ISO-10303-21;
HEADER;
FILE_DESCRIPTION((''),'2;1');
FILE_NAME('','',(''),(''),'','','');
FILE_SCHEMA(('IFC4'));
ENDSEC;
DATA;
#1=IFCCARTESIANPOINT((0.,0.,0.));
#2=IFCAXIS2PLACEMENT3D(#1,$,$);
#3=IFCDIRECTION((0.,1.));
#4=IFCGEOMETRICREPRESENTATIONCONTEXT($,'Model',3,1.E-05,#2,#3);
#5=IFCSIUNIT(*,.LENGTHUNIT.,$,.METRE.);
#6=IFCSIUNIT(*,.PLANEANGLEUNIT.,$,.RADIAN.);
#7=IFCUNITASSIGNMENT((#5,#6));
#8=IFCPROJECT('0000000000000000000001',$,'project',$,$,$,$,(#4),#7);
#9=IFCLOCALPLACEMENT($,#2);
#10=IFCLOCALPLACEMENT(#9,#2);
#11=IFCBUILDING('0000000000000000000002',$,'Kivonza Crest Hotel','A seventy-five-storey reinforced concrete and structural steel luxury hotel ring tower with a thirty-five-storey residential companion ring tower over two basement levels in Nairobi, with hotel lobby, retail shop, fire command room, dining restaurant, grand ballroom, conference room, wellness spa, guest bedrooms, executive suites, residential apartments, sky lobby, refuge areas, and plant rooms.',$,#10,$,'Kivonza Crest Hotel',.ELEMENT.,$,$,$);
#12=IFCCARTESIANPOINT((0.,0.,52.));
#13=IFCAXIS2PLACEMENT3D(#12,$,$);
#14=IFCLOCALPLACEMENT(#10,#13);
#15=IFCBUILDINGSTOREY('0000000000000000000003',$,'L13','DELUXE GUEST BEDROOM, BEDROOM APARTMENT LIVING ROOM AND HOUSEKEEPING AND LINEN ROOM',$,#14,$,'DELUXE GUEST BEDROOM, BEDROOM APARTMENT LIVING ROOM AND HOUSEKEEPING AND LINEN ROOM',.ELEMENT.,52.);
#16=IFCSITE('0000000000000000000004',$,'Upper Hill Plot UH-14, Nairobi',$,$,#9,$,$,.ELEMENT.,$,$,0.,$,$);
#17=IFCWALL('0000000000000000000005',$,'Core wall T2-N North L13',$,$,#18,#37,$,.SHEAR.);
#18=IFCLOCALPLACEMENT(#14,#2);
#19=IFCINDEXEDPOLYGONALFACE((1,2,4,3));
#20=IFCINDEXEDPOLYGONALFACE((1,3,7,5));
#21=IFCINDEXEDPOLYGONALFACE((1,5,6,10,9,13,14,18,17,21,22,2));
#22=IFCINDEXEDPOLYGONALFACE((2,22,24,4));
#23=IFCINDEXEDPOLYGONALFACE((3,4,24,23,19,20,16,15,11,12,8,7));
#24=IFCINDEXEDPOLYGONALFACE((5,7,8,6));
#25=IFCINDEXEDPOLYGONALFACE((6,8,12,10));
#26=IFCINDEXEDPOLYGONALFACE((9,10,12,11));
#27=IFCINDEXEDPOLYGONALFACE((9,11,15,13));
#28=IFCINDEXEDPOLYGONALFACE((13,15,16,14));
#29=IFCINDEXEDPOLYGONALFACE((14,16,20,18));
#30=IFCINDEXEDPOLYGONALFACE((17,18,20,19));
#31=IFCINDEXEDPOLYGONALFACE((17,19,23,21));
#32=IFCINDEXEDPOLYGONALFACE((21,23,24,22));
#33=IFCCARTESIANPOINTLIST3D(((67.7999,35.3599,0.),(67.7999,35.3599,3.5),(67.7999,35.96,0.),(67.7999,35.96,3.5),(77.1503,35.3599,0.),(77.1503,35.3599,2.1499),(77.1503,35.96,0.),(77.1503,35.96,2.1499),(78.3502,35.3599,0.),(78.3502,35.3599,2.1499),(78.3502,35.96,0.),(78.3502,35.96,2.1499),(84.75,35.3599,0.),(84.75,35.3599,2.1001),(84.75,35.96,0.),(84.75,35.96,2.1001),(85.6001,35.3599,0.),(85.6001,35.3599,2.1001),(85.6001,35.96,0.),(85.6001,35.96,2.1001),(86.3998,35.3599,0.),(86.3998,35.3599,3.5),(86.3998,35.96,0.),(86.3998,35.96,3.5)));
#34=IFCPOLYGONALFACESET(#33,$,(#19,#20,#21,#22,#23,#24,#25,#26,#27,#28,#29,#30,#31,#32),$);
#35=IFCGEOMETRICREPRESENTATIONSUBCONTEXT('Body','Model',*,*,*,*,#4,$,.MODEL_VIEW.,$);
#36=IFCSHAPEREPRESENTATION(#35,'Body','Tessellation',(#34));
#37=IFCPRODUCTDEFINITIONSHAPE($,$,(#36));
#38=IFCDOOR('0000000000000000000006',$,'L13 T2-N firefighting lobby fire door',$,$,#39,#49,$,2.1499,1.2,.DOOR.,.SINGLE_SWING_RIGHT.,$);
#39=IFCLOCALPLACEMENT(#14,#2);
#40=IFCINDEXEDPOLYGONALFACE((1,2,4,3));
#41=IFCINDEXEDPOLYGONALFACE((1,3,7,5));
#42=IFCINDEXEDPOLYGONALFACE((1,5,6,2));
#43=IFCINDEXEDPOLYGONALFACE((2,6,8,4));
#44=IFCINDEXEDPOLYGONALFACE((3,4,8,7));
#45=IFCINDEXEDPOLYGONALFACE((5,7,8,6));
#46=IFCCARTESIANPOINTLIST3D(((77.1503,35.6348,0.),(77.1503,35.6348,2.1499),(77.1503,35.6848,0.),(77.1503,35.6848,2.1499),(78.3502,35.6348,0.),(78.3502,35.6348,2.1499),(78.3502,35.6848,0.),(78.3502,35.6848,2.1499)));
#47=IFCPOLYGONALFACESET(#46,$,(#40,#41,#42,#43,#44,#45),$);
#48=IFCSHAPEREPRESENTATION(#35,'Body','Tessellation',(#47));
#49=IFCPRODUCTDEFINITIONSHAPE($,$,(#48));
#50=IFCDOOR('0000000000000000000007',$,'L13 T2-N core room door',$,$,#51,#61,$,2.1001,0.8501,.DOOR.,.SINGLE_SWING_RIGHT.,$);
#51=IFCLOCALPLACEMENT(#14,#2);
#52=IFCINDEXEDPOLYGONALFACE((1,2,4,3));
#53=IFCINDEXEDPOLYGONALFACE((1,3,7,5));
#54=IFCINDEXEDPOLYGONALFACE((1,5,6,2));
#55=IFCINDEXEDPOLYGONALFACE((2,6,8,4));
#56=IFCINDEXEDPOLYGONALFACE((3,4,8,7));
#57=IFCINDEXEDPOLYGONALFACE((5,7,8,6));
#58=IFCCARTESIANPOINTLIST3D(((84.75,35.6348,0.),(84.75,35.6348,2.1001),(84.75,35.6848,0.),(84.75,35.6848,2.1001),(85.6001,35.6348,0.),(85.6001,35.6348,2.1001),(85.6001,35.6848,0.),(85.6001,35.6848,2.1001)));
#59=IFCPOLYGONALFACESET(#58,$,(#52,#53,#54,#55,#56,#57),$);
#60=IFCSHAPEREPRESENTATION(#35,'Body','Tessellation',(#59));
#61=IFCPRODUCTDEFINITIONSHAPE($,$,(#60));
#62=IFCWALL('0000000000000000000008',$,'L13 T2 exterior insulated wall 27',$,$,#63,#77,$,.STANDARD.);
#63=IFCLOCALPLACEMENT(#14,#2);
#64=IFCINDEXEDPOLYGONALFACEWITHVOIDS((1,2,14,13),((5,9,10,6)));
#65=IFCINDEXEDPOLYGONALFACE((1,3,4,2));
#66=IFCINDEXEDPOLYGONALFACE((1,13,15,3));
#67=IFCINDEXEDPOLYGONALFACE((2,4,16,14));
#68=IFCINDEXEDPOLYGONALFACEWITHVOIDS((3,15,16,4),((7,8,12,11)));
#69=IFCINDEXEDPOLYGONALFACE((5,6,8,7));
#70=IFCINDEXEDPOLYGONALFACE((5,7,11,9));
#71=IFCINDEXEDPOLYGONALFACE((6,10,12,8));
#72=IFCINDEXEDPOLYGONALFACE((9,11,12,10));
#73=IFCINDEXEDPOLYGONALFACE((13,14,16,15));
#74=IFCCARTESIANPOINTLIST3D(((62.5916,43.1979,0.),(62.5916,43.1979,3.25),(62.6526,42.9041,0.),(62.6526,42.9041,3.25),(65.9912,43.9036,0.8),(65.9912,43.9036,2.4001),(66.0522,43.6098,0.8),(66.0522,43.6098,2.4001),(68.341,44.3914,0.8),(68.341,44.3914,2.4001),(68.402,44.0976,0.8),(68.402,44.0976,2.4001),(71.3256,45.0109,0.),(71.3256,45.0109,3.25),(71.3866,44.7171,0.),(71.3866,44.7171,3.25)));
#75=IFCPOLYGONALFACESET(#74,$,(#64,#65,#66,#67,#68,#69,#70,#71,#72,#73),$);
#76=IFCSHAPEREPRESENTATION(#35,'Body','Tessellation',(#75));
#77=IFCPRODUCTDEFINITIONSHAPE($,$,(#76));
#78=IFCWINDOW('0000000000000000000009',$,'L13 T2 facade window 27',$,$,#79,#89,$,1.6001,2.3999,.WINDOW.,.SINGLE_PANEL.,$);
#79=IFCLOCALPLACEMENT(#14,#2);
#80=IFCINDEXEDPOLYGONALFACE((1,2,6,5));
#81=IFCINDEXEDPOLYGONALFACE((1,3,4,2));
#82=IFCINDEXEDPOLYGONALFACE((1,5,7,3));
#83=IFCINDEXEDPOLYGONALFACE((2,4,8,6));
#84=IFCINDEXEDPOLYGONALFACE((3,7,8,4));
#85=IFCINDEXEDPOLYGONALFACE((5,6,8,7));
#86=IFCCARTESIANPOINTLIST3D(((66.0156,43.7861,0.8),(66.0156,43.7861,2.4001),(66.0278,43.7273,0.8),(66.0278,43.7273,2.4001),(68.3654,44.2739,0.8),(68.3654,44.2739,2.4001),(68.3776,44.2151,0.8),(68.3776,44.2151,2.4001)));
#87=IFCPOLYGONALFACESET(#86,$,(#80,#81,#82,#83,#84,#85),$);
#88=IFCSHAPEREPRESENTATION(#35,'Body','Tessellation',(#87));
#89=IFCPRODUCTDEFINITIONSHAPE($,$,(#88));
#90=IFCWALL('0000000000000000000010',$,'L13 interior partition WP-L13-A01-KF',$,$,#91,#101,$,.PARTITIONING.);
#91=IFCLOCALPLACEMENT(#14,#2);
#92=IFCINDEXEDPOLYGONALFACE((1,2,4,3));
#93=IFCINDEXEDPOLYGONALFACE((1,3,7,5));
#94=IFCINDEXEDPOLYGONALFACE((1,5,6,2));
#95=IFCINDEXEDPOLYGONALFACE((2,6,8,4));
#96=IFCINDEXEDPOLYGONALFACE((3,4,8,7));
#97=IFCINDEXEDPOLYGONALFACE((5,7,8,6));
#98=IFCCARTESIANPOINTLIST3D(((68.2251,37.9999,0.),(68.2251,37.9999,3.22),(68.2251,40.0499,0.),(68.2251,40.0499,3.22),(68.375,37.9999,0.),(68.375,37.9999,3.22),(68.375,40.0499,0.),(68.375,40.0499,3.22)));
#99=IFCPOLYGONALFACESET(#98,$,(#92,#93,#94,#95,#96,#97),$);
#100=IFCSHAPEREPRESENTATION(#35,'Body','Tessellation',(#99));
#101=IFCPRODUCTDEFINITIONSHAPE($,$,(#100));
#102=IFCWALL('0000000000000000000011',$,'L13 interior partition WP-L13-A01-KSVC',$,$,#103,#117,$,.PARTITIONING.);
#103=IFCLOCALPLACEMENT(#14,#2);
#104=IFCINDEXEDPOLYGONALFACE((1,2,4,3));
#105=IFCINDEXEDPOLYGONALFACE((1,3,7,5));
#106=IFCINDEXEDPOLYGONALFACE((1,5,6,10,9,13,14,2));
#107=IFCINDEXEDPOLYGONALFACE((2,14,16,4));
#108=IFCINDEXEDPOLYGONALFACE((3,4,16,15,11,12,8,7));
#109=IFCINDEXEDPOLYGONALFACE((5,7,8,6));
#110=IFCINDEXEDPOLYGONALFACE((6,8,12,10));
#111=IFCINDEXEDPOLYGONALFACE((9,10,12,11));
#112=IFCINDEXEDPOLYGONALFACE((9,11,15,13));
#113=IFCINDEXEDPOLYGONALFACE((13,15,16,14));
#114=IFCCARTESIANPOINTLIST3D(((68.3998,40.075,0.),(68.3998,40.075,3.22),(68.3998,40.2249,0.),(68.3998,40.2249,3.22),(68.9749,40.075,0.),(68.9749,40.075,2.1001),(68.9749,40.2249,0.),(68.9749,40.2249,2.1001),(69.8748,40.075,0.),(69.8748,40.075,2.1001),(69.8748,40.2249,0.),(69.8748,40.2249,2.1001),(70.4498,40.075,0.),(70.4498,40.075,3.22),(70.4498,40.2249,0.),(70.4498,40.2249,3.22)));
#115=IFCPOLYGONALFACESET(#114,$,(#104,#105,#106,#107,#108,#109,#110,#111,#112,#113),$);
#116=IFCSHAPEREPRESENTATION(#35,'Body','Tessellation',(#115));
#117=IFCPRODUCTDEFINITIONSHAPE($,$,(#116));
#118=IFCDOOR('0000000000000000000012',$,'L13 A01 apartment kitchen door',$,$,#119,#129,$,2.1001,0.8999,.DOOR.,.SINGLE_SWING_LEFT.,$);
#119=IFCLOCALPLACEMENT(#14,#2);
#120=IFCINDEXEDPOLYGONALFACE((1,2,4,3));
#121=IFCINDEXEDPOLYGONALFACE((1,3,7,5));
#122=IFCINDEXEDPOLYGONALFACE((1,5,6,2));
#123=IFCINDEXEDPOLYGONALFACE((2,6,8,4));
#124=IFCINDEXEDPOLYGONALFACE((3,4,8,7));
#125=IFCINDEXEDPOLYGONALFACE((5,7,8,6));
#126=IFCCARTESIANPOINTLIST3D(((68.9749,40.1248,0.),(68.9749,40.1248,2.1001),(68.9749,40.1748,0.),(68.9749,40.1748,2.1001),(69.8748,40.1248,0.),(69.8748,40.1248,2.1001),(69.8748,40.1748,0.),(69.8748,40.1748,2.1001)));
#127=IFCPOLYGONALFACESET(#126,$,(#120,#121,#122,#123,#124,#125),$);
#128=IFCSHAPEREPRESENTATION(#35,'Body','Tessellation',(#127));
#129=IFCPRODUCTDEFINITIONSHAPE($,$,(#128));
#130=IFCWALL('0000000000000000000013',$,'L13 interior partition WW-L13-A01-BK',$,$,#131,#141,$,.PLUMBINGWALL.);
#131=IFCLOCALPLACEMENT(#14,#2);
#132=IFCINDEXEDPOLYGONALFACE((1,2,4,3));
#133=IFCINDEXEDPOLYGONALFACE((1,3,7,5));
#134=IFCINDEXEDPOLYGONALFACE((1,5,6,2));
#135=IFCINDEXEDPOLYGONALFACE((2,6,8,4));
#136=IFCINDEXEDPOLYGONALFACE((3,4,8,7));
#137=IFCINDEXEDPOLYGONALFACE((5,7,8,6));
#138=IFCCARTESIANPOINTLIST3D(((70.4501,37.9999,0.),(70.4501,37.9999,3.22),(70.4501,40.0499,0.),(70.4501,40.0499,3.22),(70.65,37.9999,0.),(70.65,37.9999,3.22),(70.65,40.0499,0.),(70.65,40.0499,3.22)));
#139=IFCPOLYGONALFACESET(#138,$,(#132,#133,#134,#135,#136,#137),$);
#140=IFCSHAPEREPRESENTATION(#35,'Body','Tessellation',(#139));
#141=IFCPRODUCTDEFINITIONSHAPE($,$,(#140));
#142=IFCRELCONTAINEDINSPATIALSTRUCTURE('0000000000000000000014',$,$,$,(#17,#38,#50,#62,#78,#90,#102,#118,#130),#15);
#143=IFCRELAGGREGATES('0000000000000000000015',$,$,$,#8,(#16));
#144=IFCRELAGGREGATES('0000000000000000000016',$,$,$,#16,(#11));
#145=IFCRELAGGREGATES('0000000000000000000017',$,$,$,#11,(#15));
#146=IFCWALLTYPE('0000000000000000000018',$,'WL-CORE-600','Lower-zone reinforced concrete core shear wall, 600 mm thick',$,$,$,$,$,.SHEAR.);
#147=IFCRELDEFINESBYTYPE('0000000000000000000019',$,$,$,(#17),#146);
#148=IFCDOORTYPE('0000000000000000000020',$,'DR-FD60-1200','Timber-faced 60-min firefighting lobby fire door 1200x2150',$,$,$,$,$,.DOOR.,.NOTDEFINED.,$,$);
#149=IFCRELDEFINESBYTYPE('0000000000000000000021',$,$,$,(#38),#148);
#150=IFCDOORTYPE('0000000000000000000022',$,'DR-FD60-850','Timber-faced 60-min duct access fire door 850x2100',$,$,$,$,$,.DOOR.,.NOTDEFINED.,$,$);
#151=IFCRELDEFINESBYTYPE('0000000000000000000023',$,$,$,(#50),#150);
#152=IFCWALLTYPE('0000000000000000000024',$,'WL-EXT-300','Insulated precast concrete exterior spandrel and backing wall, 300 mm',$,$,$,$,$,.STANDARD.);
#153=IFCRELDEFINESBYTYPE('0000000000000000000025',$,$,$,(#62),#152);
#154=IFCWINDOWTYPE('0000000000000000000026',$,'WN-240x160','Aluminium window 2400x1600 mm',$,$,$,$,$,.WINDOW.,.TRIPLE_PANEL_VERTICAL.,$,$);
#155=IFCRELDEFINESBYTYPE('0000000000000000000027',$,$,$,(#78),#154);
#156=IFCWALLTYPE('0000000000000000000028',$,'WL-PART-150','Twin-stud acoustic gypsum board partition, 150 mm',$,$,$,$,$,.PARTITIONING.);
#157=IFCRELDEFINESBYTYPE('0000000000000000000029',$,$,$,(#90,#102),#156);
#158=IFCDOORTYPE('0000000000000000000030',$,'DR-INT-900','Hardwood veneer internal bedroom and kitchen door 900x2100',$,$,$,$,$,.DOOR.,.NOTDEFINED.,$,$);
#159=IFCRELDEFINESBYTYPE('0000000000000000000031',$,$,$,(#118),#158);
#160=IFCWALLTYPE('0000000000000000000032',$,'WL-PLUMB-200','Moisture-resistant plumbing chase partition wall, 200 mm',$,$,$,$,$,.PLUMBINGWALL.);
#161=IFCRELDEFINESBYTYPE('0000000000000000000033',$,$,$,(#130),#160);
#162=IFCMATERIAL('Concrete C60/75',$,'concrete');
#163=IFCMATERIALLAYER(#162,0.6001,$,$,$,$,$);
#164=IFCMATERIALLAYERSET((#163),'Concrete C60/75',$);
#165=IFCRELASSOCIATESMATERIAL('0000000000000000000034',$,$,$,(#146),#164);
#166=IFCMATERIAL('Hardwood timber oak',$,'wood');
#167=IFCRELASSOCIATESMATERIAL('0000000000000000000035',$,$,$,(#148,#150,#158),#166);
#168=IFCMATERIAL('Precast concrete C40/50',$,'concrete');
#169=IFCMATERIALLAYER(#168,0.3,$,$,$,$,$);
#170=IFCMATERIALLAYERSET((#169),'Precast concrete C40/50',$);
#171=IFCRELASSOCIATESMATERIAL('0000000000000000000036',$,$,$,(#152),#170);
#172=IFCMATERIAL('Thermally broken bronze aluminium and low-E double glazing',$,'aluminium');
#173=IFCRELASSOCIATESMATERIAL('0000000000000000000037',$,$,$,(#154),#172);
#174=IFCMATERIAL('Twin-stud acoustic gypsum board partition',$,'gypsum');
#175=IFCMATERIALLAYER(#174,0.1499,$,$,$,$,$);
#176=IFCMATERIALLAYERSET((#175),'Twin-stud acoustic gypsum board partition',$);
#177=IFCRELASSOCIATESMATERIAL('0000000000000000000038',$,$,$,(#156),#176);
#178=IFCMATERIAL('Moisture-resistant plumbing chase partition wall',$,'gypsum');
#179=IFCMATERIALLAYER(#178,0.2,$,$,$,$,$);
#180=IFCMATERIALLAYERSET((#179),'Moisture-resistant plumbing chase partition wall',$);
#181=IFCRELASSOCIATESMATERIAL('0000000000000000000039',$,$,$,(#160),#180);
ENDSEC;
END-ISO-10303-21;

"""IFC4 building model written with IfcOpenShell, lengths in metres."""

from ifc_helpers import new_model, si_unit, direction, frame, frame_2d, origin, place, context, subcontext, project, spatial, rectangle, extrude, material, layer, layer_set, type_object, element, fill, save


model = new_model("IFC4")

# Units and contexts
model_context = context("Model", 3, precision=1e-05, world=origin(), true_north=direction((0.0, 1.0)))
body_context = subcontext(model_context, "Body", "Model", "MODEL_VIEW")
ifc_project = project(units=[si_unit("LENGTHUNIT", "METRE"), si_unit("PLANEANGLEUNIT", "RADIAN")], contexts=[model_context])

# Site, building, storey
site_placement = place(None, origin())
site = spatial("IfcSite", under=ifc_project, at=site_placement, Name="Upper Hill Plot UH-14, Nairobi", CompositionType="ELEMENT", RefElevation=0.0)
building_placement = place(site_placement, origin())
building = spatial("IfcBuilding", under=site, at=building_placement, Name="Kivonza Crest Hotel", Description="A seventy-five-storey reinforced concrete and structural steel luxury hotel ring tower with a thirty-five-storey residential companion ring tower over two basement levels in Nairobi, with hotel lobby, retail shop, fire command room, dining restaurant, grand ballroom, conference room, wellness spa, guest bedrooms, executive suites, residential apartments, sky lobby, refuge areas, and plant rooms.", LongName="Kivonza Crest Hotel", CompositionType="ELEMENT")
storey_placement = place(building_placement, frame((0.0, 0.0, 52.0)))
storey = spatial("IfcBuildingStorey", under=building, at=storey_placement, Name="L13", Description="DELUXE GUEST BEDROOM, BEDROOM APARTMENT LIVING ROOM AND HOUSEKEEPING AND LINEN ROOM", LongName="DELUXE GUEST BEDROOM, BEDROOM APARTMENT LIVING ROOM AND HOUSEKEEPING AND LINEN ROOM", CompositionType="ELEMENT", Elevation=52.0)

# Shared definitions
ifc_material_1 = material(Name="Hardwood timber oak", Category="wood")

# Wall, openings, doors
ifc_material_2 = material(Name="Concrete C60/75", Category="concrete")
ifc_layer_1 = layer(ifc_material_2, 0.6001)
ifc_layer_set_1 = layer_set([ifc_layer_1], Name="Concrete C60/75")
wall_type_1 = type_object("IfcWallType", Name="WL-CORE-600", Description="Lower-zone reinforced concrete core shear wall, 600 mm thick", PredefinedType="SHEAR", material=ifc_layer_set_1)
wall_1_placement = place(storey_placement, frame((67.8, 35.6599, 0.0), z_axis=(0.0, 0.0, 1.0), x_axis=(1.0, 0.0, 0.0)))
wall_1 = element("IfcWall", 1, at=wall_1_placement, inside=storey, type_object=wall_type_1, Name="Core wall T2-N North L13", PredefinedType="SHEAR", context=body_context, shape_type="SweptSolid", body=[
    extrude(rectangle(XDim=18.5999, YDim=0.6001, at=frame_2d((9.2998, 0.0))), origin(), (0.0, 0.0, 1.0), 3.5),
])
opening_1_placement = place(wall_1_placement, frame((9.3501, 0.0, 0.0)))
opening_1 = element("IfcOpeningElement", 2, at=opening_1_placement, cuts=wall_1, PredefinedType="OPENING", context=body_context, shape_type="SweptSolid", body=[
    extrude(rectangle(XDim=1.2, YDim=2.1499, at=frame_2d((0.6001, 1.075))), frame((0.0, 0.3101, 0.0), z_axis=(0.0, -1.0, 0.0), x_axis=(1.0, 0.0, 0.0)), (0.0, 0.0, 1.0), 0.6201),
])
opening_2_placement = place(wall_1_placement, frame((16.95, 0.0, 0.0)))
opening_2 = element("IfcOpeningElement", 3, at=opening_2_placement, cuts=wall_1, PredefinedType="OPENING", context=body_context, shape_type="SweptSolid", body=[
    extrude(rectangle(XDim=0.8501, YDim=2.1001, at=frame_2d((0.425, 1.05))), frame((0.0, 0.3101, 0.0), z_axis=(0.0, -1.0, 0.0), x_axis=(1.0, 0.0, 0.0)), (0.0, 0.0, 1.0), 0.6201),
])
door_type_1 = type_object("IfcDoorType", Name="DR-FD60-1200", Description="Timber-faced 60-min firefighting lobby fire door 1200x2150", OperationType="NOTDEFINED", PredefinedType="DOOR", material=ifc_material_1)
door_1_placement = place(opening_1_placement, origin())
door_1 = element("IfcDoor", 4, at=door_1_placement, inside=storey, type_object=door_type_1, Name="L13 T2-N firefighting lobby fire door", OperationType="SINGLE_SWING_RIGHT", OverallHeight=2.1499, OverallWidth=1.2, PredefinedType="DOOR", context=body_context, shape_type="SweptSolid", body=[
    extrude(rectangle(XDim=1.2, YDim=2.1499, at=frame_2d((0.6001, 1.075))), frame((0.0, 0.0249, 0.0), z_axis=(0.0, -1.0, 0.0), x_axis=(1.0, 0.0, 0.0)), (0.0, 0.0, 1.0), 0.05),
])
fill(opening_1, door_1)
door_type_2 = type_object("IfcDoorType", Name="DR-FD60-850", Description="Timber-faced 60-min duct access fire door 850x2100", OperationType="NOTDEFINED", PredefinedType="DOOR", material=ifc_material_1)
door_2_placement = place(opening_2_placement, origin())
door_2 = element("IfcDoor", 5, at=door_2_placement, inside=storey, type_object=door_type_2, Name="L13 T2-N core room door", OperationType="SINGLE_SWING_RIGHT", OverallHeight=2.1001, OverallWidth=0.8501, PredefinedType="DOOR", context=body_context, shape_type="SweptSolid", body=[
    extrude(rectangle(XDim=0.8501, YDim=2.1001, at=frame_2d((0.425, 1.05))), frame((0.0, 0.0249, 0.0), z_axis=(0.0, -1.0, 0.0), x_axis=(1.0, 0.0, 0.0)), (0.0, 0.0, 1.0), 0.05),
])
fill(opening_2, door_2)

# Wall, opening, window
ifc_material_3 = material(Name="Precast concrete C40/50", Category="concrete")
ifc_layer_2 = layer(ifc_material_3, 0.3)
ifc_layer_set_2 = layer_set([ifc_layer_2], Name="Precast concrete C40/50")
wall_type_2 = type_object("IfcWallType", Name="WL-EXT-300", Description="Insulated precast concrete exterior spandrel and backing wall, 300 mm", PredefinedType="STANDARD", material=ifc_layer_set_2)
wall_2_placement = place(storey_placement, frame((71.356, 44.864, 0.0), z_axis=(0.0, 0.0, 1.0), x_axis=(-0.979127, -0.203248, 0.0)))
wall_2 = element("IfcWall", 6, at=wall_2_placement, inside=storey, type_object=wall_type_2, Name="L13 T2 exterior insulated wall 27", PredefinedType="STANDARD", context=body_context, shape_type="SweptSolid", body=[
    extrude(rectangle(XDim=8.9202, YDim=0.3, at=frame_2d((4.46, 0.0))), origin(), (0.0, 0.0, 1.0), 3.25),
])
opening_3_placement = place(wall_2_placement, frame((3.0481, 0.0, 0.8)))
opening_3 = element("IfcOpeningElement", 7, at=opening_3_placement, cuts=wall_2, PredefinedType="OPENING", context=body_context, shape_type="SweptSolid", body=[
    extrude(rectangle(XDim=2.3999, YDim=1.6001, at=frame_2d((1.2, 0.8))), frame((0.0, 0.1602, 0.0), z_axis=(0.0, -1.0, 0.0), x_axis=(1.0, 0.0, 0.0)), (0.0, 0.0, 1.0), 0.3201),
])
ifc_material_4 = material(Name="Thermally broken bronze aluminium and low-E double glazing", Category="aluminium")
window_type = type_object("IfcWindowType", Name="WN-240x160", Description="Aluminium window 2400x1600 mm", PartitioningType="TRIPLE_PANEL_VERTICAL", PredefinedType="WINDOW", material=ifc_material_4)
window_placement = place(opening_3_placement, origin())
window = element("IfcWindow", 8, at=window_placement, inside=storey, type_object=window_type, Name="L13 T2 facade window 27", OverallHeight=1.6001, OverallWidth=2.3999, PartitioningType="SINGLE_PANEL", PredefinedType="WINDOW", context=body_context, shape_type="SweptSolid", body=[
    extrude(rectangle(XDim=2.3999, YDim=1.6001, at=frame_2d((1.2, 0.8))), frame((0.0, 0.03, 0.0), z_axis=(0.0, -1.0, 0.0), x_axis=(1.0, 0.0, 0.0)), (0.0, 0.0, 1.0), 0.0601),
])
fill(opening_3, window)

# Wall
ifc_material_5 = material(Name="Twin-stud acoustic gypsum board partition", Category="gypsum")
ifc_layer_3 = layer(ifc_material_5, 0.1499)
ifc_layer_set_3 = layer_set([ifc_layer_3], Name="Twin-stud acoustic gypsum board partition")
wall_type_3 = type_object("IfcWallType", Name="WL-PART-150", Description="Twin-stud acoustic gypsum board partition, 150 mm", PredefinedType="PARTITIONING", material=ifc_layer_set_3)
wall_3_placement = place(storey_placement, frame((68.3, 38.0, 0.0), z_axis=(0.0, 0.0, 1.0), x_axis=(0.0, 1.0, 0.0)))
element("IfcWall", 9, at=wall_3_placement, inside=storey, type_object=wall_type_3, Name="L13 interior partition WP-L13-A01-KF", PredefinedType="PARTITIONING", context=body_context, shape_type="SweptSolid", body=[
    extrude(rectangle(XDim=2.05, YDim=0.1499, at=frame_2d((1.0249, 0.0))), origin(), (0.0, 0.0, 1.0), 3.22),
])

# Wall, opening, door
wall_4_placement = place(storey_placement, frame((68.3999, 40.1499, 0.0), z_axis=(0.0, 0.0, 1.0), x_axis=(1.0, 0.0, 0.0)))
wall_4 = element("IfcWall", 10, at=wall_4_placement, inside=storey, type_object=wall_type_3, Name="L13 interior partition WP-L13-A01-KSVC", PredefinedType="PARTITIONING", context=body_context, shape_type="SweptSolid", body=[
    extrude(rectangle(XDim=2.05, YDim=0.1499, at=frame_2d((1.0249, 0.0))), origin(), (0.0, 0.0, 1.0), 3.22),
])
opening_4_placement = place(wall_4_placement, frame((0.575, 0.0, 0.0)))
opening_4 = element("IfcOpeningElement", 11, at=opening_4_placement, cuts=wall_4, PredefinedType="OPENING", context=body_context, shape_type="SweptSolid", body=[
    extrude(rectangle(XDim=0.8999, YDim=2.1001, at=frame_2d((0.45, 1.05))), frame((0.0, 0.085, 0.0), z_axis=(0.0, -1.0, 0.0), x_axis=(1.0, 0.0, 0.0)), (0.0, 0.0, 1.0), 0.1699),
])
door_type_3 = type_object("IfcDoorType", Name="DR-INT-900", Description="Hardwood veneer internal bedroom and kitchen door 900x2100", OperationType="NOTDEFINED", PredefinedType="DOOR", material=ifc_material_1)
door_3_placement = place(opening_4_placement, origin())
door_3 = element("IfcDoor", 12, at=door_3_placement, inside=storey, type_object=door_type_3, Name="L13 A01 apartment kitchen door", OperationType="SINGLE_SWING_LEFT", OverallHeight=2.1001, OverallWidth=0.8999, PredefinedType="DOOR", context=body_context, shape_type="SweptSolid", body=[
    extrude(rectangle(XDim=0.8999, YDim=2.1001, at=frame_2d((0.45, 1.05))), frame((0.0, 0.0249, 0.0), z_axis=(0.0, -1.0, 0.0), x_axis=(1.0, 0.0, 0.0)), (0.0, 0.0, 1.0), 0.05),
])
fill(opening_4, door_3)

# Wall
ifc_material_6 = material(Name="Moisture-resistant plumbing chase partition wall", Category="gypsum")
ifc_layer_4 = layer(ifc_material_6, 0.2)
ifc_layer_set_4 = layer_set([ifc_layer_4], Name="Moisture-resistant plumbing chase partition wall")
wall_type_4 = type_object("IfcWallType", Name="WL-PLUMB-200", Description="Moisture-resistant plumbing chase partition wall, 200 mm", PredefinedType="PLUMBINGWALL", material=ifc_layer_set_4)
wall_5_placement = place(storey_placement, frame((70.55, 38.0, 0.0), z_axis=(0.0, 0.0, 1.0), x_axis=(0.0, 1.0, 0.0)))
element("IfcWall", 13, at=wall_5_placement, inside=storey, type_object=wall_type_4, Name="L13 interior partition WW-L13-A01-BK", PredefinedType="PLUMBINGWALL", context=body_context, shape_type="SweptSolid", body=[
    extrude(rectangle(XDim=2.05, YDim=0.2, at=frame_2d((1.0249, 0.0))), origin(), (0.0, 0.0, 1.0), 3.22),
])

save(model, "model.ifc")
